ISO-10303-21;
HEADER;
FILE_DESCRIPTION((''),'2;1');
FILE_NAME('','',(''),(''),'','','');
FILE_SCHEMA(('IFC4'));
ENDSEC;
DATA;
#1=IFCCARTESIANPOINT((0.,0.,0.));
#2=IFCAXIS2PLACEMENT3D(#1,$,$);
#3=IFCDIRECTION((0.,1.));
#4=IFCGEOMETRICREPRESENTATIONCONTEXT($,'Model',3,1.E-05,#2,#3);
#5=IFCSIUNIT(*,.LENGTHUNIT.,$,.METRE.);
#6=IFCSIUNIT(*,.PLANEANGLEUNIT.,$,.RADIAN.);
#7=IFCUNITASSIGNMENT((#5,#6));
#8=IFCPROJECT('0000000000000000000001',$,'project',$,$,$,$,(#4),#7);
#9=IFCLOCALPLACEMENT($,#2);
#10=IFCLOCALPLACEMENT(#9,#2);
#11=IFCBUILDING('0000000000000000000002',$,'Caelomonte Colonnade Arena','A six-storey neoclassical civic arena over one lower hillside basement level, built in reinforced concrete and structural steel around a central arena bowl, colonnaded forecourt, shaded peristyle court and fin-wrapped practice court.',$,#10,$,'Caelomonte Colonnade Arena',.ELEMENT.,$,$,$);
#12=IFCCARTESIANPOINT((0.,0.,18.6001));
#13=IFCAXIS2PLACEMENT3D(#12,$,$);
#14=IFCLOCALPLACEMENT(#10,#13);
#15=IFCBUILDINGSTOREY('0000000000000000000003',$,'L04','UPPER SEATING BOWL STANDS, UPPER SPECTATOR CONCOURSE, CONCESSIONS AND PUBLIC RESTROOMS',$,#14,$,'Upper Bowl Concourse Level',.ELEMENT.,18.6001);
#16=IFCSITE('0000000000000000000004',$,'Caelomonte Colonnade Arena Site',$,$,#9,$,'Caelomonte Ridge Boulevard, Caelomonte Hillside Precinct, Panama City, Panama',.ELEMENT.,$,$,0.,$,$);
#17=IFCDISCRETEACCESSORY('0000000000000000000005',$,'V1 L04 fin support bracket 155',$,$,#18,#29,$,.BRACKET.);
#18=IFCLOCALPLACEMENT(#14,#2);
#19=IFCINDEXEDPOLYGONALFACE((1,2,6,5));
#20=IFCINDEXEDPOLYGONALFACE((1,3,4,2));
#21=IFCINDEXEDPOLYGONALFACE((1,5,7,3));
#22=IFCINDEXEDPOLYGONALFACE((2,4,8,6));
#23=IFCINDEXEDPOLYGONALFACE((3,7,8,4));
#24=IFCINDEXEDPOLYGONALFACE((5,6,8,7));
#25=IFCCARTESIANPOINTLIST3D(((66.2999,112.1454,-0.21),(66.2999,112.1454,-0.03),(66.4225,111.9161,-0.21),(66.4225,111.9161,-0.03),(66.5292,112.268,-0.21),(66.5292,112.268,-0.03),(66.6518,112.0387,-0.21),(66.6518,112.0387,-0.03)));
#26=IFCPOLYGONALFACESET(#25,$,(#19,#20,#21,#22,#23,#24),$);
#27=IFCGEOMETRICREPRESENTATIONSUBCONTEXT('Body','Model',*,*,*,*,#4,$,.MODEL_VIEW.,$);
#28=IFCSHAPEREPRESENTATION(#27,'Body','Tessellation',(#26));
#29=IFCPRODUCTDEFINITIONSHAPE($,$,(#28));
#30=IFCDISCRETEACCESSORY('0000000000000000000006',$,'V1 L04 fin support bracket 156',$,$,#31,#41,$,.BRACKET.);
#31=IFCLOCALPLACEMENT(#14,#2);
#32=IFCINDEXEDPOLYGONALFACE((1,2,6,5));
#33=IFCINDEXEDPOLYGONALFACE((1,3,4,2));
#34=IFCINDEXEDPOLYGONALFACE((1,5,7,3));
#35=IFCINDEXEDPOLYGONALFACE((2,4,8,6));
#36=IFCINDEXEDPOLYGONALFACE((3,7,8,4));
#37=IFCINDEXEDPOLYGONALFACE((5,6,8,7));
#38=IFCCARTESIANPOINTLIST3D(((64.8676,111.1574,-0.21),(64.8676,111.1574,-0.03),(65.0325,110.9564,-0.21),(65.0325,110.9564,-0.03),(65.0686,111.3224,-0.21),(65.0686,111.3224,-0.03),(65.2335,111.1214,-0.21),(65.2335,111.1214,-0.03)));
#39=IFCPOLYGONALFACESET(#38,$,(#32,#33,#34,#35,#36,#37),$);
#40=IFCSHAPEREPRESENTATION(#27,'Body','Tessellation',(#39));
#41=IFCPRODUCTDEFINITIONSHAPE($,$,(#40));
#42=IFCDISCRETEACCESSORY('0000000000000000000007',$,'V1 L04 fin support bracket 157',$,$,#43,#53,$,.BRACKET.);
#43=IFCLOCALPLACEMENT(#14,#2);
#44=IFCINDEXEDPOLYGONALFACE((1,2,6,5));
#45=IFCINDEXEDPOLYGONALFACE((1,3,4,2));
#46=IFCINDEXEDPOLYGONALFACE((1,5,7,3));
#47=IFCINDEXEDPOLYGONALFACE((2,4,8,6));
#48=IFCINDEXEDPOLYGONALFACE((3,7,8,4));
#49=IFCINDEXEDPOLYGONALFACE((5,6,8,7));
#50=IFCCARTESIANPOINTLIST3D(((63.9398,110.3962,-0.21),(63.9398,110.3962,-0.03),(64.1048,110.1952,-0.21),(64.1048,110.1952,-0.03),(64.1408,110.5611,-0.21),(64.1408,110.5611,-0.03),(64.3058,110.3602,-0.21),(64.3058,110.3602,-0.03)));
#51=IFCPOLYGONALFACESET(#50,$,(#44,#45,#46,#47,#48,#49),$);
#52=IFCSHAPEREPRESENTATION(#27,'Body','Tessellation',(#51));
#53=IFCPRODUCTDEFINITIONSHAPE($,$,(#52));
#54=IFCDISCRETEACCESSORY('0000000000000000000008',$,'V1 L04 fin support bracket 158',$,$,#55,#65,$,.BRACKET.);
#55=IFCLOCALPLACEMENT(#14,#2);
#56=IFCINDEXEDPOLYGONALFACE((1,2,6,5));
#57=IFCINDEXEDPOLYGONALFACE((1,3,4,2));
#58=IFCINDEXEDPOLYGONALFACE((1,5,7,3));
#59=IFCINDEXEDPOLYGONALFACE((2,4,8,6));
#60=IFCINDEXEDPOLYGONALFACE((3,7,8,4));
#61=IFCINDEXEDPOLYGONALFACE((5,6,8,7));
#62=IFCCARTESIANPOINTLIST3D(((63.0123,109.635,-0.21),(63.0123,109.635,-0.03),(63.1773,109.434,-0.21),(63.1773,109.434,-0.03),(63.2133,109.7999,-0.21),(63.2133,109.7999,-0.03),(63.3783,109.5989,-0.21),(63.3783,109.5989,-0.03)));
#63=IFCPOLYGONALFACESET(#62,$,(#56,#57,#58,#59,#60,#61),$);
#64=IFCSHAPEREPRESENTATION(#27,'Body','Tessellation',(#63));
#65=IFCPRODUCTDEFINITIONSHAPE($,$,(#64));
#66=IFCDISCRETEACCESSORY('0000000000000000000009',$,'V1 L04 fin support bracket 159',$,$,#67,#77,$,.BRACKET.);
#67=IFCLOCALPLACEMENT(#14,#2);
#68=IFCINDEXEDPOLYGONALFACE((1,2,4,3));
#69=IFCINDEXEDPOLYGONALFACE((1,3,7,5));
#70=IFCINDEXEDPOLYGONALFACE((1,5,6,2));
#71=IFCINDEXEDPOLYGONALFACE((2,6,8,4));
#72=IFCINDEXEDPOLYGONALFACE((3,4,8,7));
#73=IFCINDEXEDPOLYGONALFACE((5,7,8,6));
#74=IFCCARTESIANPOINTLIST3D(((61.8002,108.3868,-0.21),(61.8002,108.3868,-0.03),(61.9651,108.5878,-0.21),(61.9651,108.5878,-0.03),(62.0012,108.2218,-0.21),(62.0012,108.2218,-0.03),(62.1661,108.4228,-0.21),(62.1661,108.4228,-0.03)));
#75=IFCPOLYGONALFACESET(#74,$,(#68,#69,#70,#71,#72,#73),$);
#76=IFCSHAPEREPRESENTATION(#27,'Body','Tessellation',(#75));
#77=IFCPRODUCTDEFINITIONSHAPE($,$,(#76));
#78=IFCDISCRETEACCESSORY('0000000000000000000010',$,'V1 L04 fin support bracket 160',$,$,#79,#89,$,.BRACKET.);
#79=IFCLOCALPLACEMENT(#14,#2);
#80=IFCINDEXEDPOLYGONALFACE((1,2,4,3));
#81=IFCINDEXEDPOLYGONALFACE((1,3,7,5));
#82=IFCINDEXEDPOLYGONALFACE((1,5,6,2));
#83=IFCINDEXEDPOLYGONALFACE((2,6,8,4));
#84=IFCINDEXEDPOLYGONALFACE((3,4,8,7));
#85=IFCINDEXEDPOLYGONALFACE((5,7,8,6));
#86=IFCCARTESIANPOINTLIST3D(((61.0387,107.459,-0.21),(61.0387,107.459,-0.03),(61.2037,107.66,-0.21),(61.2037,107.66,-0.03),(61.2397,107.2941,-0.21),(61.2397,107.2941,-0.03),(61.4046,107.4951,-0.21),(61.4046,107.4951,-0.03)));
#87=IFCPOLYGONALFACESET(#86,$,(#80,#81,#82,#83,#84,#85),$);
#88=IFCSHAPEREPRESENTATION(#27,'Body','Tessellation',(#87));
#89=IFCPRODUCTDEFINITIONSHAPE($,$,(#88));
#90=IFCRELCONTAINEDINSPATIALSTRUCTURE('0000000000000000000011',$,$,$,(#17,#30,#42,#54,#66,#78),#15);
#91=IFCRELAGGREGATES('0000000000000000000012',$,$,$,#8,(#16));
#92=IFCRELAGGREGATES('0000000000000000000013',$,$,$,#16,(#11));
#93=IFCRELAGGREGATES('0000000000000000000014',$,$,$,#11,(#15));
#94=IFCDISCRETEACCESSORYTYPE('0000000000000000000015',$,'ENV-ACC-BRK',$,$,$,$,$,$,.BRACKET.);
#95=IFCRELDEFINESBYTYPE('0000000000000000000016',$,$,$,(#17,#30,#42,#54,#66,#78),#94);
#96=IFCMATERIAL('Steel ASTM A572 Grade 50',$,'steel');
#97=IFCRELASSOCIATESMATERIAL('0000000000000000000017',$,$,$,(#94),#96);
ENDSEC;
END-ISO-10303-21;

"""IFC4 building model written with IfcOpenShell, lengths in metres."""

from ifc_helpers import new_model, si_unit, direction, frame, origin, origin_2d, place, context, subcontext, project, spatial, rectangle, extrude, material, type_object, element, save


model = new_model("IFC4")

# Units and contexts
model_context = context("Model", 3, precision=1e-05, world=origin(), true_north=direction((0.0, 1.0)))
body_context = subcontext(model_context, "Body", "Model", "MODEL_VIEW")
ifc_project = project(units=[si_unit("LENGTHUNIT", "METRE"), si_unit("PLANEANGLEUNIT", "RADIAN")], contexts=[model_context])

# Site, building, storey
site_placement = place(None, origin())
site = spatial("IfcSite", under=ifc_project, at=site_placement, Name="Caelomonte Colonnade Arena Site", LongName="Caelomonte Ridge Boulevard, Caelomonte Hillside Precinct, Panama City, Panama", CompositionType="ELEMENT", RefElevation=0.0)
building_placement = place(site_placement, origin())
building = spatial("IfcBuilding", under=site, at=building_placement, Name="Caelomonte Colonnade Arena", Description="A six-storey neoclassical civic arena over one lower hillside basement level, built in reinforced concrete and structural steel around a central arena bowl, colonnaded forecourt, shaded peristyle court and fin-wrapped practice court.", LongName="Caelomonte Colonnade Arena", CompositionType="ELEMENT")
storey_placement = place(building_placement, frame((0.0, 0.0, 18.6001)))
storey = spatial("IfcBuildingStorey", under=building, at=storey_placement, Name="L04", Description="UPPER SEATING BOWL STANDS, UPPER SPECTATOR CONCOURSE, CONCESSIONS AND PUBLIC RESTROOMS", LongName="Upper Bowl Concourse Level", CompositionType="ELEMENT", Elevation=18.6001)

# Discrete accessories
ifc_material_1 = material(Name="Steel ASTM A572 Grade 50", Category="steel")
discrete_accessory_type = type_object("IfcDiscreteAccessoryType", Name="ENV-ACC-BRK", PredefinedType="BRACKET", material=ifc_material_1)
for number, where, z_axis, x_axis, name in (
    (1, (66.4758, 112.092, -0.21), (0.0, 0.0, 1.0), (-0.881921, -0.471397, 0.0), "V1 L04 fin support bracket 155"),
    (2, (65.0505, 111.1394, -0.21), (0.0, 0.0, 1.0), (-0.772994, -0.634414, 0.0), "V1 L04 fin support bracket 156"),
    (3, (64.1228, 110.3782, -0.21), (0.0, 0.0, 1.0), (-0.772994, -0.634414, 0.0), "V1 L04 fin support bracket 157"),
    (4, (63.1953, 109.6169, -0.21), (0.0, 0.0, 1.0), (-0.772994, -0.634414, 0.0), "V1 L04 fin support bracket 158"),
    (5, (61.9832, 108.4048, -0.21), (0.0, 0.0, 1.0), (-0.634414, -0.772994, 0.0), "V1 L04 fin support bracket 159"),
    (6, (61.2217, 107.4771, -0.21), (0.0, 0.0, 1.0), (-0.634414, -0.772994, 0.0), "V1 L04 fin support bracket 160"),
):
    element("IfcDiscreteAccessory", number, at=place(storey_placement, frame(where, z_axis=z_axis, x_axis=x_axis)), inside=storey, type_object=discrete_accessory_type, Name=name, PredefinedType="BRACKET", context=body_context, shape_type="SweptSolid", body=[
        extrude(rectangle(XDim=0.26, YDim=0.26, at=origin_2d()), origin(), (0.0, 0.0, 1.0), 0.1799),
    ])

save(model, "model.ifc")
